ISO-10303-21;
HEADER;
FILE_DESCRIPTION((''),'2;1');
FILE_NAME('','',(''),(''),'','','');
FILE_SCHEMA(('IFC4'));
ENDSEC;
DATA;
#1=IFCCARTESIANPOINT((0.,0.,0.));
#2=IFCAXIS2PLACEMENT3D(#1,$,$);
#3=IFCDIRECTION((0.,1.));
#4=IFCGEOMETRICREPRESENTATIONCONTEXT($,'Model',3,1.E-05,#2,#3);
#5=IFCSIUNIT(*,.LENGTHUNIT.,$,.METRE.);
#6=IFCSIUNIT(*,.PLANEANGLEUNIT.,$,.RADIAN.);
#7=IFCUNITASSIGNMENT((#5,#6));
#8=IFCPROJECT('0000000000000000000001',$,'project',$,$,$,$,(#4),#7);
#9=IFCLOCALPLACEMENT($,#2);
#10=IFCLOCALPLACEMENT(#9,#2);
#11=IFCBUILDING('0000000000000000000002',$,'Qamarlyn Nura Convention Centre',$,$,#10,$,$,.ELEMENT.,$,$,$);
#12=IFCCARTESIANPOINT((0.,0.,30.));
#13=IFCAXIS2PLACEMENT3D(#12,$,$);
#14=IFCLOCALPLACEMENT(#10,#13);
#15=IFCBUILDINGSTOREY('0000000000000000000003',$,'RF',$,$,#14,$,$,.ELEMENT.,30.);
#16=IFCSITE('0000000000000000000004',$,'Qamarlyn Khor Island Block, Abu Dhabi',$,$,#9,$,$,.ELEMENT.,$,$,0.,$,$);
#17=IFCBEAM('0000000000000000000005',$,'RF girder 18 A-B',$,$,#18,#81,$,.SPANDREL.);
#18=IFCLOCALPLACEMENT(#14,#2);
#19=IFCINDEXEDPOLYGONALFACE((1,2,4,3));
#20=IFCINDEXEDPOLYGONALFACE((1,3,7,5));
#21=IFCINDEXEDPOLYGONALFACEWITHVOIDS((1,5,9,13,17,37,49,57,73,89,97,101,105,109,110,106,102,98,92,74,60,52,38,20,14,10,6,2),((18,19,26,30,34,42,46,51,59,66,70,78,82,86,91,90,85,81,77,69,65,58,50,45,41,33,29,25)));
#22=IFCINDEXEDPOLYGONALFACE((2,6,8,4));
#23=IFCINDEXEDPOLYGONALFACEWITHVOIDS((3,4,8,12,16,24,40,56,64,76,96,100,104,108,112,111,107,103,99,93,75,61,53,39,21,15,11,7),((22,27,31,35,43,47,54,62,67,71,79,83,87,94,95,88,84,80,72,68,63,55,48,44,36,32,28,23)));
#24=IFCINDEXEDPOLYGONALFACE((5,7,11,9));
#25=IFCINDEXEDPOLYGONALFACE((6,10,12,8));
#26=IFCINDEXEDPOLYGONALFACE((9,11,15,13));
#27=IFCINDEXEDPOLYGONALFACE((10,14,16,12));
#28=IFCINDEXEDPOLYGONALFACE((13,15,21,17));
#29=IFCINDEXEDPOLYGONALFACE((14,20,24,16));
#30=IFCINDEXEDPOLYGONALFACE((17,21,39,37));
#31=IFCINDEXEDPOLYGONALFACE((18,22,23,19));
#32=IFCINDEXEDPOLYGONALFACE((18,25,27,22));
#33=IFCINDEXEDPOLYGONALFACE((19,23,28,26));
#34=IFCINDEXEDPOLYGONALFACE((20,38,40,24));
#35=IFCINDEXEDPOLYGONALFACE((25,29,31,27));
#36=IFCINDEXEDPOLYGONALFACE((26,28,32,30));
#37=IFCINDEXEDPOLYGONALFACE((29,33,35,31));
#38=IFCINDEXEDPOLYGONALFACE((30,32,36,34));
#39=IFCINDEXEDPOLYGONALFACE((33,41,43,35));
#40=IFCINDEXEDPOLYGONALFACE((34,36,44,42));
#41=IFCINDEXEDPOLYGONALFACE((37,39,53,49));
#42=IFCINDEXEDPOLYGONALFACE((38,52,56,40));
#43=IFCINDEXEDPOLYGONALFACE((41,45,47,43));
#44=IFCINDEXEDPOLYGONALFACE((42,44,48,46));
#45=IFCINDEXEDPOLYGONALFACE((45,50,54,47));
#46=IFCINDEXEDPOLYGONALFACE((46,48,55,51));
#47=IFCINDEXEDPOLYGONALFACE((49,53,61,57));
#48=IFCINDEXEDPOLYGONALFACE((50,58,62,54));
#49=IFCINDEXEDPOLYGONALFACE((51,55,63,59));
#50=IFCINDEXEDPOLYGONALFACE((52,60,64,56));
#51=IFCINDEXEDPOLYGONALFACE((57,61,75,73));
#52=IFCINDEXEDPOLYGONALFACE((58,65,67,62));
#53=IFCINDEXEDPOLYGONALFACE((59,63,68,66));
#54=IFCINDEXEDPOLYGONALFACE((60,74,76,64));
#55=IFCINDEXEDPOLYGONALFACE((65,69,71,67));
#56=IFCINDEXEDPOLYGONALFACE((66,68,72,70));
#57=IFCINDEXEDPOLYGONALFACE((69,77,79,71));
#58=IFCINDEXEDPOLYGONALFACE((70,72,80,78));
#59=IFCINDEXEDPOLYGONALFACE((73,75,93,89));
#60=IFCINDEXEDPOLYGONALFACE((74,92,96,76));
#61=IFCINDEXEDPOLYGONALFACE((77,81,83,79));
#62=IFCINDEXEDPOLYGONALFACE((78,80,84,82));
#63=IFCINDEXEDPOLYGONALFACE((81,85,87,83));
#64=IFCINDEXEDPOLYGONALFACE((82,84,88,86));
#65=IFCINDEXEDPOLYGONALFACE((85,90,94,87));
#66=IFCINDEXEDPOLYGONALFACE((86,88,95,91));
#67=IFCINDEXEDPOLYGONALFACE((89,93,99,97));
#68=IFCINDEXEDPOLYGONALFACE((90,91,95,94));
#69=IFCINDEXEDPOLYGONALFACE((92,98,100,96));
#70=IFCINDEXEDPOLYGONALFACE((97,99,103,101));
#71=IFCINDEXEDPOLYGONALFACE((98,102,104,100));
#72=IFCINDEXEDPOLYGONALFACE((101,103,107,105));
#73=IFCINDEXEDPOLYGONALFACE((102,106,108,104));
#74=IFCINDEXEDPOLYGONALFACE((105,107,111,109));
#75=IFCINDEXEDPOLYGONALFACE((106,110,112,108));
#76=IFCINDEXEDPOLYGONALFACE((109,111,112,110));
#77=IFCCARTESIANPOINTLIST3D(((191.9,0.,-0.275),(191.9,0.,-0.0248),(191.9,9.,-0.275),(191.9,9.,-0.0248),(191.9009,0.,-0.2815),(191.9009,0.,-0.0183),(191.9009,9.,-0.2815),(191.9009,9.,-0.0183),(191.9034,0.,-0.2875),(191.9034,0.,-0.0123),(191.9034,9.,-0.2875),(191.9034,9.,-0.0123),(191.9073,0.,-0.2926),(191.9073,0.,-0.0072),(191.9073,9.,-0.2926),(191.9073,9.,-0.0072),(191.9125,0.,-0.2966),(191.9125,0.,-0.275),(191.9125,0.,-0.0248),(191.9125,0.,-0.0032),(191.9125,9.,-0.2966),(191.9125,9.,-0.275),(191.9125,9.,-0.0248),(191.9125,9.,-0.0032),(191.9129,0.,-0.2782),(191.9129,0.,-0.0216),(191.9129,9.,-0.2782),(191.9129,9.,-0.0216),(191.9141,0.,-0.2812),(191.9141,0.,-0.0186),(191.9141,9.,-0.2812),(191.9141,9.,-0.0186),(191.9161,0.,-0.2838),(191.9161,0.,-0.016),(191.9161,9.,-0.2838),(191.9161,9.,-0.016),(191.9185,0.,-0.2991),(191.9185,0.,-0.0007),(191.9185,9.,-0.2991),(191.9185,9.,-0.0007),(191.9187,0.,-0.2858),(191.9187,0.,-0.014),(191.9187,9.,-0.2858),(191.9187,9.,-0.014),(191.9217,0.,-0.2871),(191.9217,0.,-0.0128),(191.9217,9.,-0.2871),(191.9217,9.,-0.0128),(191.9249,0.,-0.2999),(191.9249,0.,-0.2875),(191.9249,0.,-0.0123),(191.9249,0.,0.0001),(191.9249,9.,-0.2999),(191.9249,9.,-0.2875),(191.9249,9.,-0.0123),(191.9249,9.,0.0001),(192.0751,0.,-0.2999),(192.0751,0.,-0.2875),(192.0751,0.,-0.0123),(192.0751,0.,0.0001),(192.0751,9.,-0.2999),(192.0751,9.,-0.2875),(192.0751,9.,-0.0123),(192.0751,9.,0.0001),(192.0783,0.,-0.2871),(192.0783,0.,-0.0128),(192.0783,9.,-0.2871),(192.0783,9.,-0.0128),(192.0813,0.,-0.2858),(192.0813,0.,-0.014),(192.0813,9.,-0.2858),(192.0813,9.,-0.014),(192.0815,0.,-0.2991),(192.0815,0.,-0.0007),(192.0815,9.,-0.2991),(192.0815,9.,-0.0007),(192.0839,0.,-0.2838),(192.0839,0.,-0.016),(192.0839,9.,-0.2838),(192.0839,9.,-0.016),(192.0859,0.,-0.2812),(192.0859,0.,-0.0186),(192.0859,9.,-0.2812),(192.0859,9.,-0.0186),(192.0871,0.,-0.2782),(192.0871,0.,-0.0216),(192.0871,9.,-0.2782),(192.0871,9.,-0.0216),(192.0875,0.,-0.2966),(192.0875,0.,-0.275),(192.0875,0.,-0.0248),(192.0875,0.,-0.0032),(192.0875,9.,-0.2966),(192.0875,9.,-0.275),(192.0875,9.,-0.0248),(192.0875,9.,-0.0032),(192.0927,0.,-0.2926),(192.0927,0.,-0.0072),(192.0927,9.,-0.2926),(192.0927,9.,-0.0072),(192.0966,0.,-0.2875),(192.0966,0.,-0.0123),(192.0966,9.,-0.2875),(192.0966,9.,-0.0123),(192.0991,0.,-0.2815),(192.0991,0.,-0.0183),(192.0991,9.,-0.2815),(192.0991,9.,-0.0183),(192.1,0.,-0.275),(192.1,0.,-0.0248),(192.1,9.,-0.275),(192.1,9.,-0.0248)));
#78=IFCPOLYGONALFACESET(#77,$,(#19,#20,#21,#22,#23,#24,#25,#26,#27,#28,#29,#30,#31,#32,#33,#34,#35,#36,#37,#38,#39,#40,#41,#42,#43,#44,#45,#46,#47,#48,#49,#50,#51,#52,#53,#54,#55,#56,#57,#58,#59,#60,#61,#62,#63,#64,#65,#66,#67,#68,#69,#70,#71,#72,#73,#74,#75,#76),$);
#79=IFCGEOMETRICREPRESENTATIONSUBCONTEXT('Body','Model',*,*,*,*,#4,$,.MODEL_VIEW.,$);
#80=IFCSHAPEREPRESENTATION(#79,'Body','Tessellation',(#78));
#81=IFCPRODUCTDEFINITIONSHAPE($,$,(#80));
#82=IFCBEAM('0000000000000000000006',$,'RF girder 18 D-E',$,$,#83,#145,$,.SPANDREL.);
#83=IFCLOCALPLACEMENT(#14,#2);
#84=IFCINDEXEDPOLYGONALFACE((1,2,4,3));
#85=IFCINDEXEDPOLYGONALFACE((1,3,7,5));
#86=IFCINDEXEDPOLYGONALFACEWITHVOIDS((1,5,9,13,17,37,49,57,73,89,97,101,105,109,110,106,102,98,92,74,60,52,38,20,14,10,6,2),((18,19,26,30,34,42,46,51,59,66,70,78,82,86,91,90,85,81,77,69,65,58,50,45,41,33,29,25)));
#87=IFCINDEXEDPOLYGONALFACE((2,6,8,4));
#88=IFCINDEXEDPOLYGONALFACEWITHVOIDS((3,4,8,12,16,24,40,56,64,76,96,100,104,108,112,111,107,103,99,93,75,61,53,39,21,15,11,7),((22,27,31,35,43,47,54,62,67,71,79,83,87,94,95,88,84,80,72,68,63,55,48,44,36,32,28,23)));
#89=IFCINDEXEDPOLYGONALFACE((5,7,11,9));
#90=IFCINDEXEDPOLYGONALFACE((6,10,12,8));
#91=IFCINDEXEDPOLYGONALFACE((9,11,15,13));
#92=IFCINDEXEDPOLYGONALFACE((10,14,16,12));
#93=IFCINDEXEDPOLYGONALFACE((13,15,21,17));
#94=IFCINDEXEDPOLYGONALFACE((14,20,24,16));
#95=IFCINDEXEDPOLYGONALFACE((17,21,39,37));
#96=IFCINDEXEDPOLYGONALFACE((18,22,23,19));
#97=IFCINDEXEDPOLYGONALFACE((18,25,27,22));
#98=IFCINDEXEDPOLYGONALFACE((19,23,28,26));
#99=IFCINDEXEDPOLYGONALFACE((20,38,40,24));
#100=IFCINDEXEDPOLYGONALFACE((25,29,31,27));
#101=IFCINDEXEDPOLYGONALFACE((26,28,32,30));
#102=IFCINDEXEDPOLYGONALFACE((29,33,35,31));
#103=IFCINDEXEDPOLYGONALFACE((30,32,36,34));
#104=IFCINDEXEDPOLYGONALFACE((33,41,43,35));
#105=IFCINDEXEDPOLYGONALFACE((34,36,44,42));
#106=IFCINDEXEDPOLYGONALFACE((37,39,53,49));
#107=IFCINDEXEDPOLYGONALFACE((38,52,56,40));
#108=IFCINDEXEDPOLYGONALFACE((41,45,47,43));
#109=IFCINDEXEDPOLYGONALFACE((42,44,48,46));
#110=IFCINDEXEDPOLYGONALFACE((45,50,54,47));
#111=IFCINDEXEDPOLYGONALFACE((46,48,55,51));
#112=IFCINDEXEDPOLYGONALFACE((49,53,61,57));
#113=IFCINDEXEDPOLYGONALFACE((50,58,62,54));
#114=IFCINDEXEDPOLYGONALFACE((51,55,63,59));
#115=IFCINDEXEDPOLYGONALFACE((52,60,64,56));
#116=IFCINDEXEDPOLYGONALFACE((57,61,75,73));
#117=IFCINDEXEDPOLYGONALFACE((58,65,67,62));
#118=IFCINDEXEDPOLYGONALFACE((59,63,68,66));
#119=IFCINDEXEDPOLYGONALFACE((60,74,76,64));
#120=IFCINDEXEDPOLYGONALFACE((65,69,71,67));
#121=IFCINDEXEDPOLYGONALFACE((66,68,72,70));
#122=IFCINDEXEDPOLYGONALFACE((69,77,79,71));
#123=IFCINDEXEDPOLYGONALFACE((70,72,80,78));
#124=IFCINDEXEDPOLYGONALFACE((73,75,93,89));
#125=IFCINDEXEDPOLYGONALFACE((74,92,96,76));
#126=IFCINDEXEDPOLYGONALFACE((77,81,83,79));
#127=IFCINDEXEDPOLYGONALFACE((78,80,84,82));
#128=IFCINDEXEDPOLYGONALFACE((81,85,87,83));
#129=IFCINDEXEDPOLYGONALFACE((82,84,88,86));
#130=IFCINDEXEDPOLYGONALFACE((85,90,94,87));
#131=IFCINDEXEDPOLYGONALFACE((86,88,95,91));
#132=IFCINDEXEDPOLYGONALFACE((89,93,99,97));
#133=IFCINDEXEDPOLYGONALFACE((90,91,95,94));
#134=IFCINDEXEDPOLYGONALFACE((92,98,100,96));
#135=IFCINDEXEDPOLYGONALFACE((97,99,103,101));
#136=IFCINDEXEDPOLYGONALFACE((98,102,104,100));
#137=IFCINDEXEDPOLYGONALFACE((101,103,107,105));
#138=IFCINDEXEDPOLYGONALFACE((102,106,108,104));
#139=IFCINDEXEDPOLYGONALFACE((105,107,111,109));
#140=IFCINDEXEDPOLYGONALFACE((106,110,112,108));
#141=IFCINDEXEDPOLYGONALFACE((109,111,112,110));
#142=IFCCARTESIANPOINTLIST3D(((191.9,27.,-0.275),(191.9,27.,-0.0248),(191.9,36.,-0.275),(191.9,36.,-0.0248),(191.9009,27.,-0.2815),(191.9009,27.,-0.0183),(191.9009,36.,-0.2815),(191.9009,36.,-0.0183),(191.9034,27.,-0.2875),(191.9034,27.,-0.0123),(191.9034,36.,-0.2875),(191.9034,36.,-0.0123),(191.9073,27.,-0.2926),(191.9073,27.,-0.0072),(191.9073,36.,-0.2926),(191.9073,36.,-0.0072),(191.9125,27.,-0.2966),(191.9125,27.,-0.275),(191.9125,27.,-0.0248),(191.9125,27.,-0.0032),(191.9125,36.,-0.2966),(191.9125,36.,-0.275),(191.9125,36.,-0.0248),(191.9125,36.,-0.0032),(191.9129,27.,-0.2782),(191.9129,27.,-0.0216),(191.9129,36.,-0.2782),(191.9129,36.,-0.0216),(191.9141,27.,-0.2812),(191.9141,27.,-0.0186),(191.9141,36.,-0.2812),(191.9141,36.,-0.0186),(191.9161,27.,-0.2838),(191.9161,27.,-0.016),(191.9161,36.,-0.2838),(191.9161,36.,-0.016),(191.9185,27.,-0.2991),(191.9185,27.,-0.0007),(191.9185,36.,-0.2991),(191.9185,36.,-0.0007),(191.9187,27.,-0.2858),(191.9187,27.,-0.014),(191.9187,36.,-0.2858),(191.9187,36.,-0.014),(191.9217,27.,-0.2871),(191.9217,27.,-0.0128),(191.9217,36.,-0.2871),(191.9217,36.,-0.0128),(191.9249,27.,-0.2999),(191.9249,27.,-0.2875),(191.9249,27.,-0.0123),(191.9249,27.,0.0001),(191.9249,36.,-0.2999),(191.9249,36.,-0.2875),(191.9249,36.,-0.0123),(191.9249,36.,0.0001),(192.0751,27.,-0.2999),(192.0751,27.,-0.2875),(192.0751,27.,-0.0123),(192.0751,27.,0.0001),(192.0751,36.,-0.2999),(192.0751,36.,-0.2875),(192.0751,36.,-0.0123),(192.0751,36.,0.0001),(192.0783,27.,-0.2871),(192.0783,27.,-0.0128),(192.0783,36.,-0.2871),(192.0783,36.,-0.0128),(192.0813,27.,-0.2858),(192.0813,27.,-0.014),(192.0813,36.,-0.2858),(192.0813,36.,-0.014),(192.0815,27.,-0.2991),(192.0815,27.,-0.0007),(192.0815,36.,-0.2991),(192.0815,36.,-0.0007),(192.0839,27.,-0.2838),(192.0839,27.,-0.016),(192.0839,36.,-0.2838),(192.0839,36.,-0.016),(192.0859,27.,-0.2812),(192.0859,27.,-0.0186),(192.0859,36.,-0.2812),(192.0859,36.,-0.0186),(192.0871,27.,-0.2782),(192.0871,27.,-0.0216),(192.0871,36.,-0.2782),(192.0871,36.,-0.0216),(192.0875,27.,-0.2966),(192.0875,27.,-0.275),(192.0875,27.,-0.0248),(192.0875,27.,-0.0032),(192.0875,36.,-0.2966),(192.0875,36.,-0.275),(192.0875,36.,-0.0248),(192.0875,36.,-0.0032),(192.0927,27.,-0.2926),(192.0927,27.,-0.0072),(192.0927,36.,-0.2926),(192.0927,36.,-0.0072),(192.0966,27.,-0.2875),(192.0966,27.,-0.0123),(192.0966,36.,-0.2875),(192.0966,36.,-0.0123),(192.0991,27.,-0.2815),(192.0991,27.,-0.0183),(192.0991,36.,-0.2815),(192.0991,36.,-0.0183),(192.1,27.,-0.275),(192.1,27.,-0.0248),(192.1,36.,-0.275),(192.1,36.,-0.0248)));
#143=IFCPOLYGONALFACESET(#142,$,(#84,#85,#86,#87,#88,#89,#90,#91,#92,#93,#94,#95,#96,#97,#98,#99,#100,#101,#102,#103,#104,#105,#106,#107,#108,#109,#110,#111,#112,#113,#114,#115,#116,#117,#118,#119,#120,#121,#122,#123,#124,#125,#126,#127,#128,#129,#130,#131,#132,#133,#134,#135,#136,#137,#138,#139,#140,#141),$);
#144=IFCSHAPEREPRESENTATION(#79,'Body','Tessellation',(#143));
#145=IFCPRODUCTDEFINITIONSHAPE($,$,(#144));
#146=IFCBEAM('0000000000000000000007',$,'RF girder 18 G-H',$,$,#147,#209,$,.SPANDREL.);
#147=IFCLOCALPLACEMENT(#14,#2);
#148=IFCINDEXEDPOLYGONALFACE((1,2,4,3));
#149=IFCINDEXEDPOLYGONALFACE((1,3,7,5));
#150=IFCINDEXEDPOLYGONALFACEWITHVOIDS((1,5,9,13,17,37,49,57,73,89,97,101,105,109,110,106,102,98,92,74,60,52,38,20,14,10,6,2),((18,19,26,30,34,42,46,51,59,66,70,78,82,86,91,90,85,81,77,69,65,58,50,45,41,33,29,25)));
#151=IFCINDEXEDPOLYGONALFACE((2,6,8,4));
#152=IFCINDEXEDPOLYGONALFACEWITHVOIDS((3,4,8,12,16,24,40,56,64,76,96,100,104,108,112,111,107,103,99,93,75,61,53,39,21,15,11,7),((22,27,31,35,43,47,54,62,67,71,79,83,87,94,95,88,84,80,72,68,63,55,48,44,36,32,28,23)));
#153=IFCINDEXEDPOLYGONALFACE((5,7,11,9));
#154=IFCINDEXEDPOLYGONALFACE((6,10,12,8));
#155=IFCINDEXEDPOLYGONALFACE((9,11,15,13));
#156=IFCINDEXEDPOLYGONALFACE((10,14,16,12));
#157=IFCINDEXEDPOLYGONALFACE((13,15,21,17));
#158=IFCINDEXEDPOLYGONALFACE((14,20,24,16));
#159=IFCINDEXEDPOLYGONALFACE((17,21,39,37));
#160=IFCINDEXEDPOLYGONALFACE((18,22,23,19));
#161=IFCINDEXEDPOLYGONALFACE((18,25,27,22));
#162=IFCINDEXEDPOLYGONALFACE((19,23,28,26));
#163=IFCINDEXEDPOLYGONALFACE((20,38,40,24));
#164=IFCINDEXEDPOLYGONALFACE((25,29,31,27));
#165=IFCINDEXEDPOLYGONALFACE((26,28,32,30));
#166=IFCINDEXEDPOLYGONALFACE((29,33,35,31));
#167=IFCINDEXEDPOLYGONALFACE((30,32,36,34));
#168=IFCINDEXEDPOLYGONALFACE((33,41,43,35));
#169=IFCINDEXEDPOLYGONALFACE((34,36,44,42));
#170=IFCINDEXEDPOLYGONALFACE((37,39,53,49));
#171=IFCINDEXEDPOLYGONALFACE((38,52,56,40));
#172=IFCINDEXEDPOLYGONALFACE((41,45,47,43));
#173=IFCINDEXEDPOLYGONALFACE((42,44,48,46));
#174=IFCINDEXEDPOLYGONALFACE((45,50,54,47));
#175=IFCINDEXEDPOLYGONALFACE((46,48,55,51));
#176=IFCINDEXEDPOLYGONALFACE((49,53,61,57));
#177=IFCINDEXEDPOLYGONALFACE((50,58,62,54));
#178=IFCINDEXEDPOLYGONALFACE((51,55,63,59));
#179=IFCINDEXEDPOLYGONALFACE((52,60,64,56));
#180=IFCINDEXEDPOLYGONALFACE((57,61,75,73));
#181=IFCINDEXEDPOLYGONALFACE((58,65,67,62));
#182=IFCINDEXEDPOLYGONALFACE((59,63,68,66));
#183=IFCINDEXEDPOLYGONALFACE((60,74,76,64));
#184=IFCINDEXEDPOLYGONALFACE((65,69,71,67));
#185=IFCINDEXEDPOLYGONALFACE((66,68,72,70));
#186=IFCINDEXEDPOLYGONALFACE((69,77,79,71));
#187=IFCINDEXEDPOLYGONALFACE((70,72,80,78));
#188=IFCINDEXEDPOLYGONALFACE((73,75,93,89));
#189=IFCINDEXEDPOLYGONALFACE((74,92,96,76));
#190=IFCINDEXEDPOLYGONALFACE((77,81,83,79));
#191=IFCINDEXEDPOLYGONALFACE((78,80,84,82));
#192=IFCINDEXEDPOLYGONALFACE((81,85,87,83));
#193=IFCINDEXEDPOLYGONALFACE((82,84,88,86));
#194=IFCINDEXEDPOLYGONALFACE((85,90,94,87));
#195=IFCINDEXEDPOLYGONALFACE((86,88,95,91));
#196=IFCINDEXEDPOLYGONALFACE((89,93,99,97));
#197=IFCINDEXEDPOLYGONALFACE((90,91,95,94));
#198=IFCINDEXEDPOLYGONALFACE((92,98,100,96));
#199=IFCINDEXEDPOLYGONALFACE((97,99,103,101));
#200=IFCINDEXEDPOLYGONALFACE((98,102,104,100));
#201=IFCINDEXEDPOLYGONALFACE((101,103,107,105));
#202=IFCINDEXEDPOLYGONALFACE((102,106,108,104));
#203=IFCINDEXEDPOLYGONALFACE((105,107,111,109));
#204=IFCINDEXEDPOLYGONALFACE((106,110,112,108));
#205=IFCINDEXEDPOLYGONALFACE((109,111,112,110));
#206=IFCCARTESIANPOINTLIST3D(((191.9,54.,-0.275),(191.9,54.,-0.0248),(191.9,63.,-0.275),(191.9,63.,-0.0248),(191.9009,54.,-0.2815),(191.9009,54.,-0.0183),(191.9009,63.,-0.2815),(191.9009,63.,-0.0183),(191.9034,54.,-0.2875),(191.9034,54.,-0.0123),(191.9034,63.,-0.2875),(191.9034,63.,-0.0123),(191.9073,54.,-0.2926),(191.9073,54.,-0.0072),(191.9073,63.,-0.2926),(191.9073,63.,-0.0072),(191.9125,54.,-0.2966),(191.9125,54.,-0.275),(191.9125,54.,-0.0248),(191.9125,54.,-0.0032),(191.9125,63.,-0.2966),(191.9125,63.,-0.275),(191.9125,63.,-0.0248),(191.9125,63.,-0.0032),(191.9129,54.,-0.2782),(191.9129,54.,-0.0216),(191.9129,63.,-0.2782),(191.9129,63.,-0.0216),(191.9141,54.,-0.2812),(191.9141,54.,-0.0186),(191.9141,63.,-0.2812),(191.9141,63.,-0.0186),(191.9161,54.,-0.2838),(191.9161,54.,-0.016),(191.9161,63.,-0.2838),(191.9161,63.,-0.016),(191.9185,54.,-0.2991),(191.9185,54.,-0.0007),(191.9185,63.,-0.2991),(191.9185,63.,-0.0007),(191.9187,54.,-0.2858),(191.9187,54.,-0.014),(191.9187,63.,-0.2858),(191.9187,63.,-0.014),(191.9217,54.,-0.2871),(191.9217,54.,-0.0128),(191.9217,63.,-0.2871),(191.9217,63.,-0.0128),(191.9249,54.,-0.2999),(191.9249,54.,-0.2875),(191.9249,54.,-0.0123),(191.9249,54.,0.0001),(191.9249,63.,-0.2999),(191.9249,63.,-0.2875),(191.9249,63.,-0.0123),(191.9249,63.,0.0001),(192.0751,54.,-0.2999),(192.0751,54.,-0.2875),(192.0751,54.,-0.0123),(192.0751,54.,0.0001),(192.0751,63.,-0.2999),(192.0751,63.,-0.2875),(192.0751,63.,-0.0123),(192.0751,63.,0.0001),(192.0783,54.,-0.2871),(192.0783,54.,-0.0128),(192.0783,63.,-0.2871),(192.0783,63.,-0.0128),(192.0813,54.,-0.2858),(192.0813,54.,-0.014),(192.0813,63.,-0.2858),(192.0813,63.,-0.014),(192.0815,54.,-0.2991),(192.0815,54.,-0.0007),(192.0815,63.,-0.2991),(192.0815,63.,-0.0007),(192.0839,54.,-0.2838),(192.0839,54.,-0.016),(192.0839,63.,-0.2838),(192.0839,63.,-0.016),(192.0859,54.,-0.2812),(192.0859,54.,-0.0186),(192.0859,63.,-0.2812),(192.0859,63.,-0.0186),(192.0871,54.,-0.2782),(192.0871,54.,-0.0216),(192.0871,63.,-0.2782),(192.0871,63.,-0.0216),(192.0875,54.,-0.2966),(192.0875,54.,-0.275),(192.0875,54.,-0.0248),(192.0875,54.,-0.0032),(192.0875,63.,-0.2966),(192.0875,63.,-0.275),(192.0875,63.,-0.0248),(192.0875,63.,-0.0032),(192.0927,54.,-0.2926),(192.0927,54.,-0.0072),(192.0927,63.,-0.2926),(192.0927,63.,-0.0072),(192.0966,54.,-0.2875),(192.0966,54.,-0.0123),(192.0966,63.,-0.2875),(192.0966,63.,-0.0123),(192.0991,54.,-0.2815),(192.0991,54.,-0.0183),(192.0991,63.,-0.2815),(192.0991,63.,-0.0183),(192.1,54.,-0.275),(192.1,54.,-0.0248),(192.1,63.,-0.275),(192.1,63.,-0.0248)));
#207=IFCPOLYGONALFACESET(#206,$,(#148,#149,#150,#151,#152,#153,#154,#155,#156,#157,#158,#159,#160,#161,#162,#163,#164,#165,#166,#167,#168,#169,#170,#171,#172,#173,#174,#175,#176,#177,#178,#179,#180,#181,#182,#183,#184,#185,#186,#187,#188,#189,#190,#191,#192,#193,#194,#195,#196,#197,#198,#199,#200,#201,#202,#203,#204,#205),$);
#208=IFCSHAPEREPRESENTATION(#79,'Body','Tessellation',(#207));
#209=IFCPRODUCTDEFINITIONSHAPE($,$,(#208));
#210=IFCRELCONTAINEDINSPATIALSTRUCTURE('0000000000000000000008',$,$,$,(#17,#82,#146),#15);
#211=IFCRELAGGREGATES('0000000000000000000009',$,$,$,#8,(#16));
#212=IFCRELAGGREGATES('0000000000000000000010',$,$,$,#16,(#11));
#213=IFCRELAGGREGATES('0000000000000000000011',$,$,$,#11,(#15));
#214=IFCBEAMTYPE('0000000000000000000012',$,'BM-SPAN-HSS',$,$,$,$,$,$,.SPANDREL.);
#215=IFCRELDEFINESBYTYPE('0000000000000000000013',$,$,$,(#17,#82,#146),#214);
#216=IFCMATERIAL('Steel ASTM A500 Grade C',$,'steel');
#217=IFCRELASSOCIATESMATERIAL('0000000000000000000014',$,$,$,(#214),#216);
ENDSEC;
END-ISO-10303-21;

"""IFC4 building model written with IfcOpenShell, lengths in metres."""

from ifc_helpers import new_model, si_unit, direction, frame, origin, origin_2d, place, context, subcontext, project, spatial, hollow_rectangle, extrude, material, material_profile, profile_set, type_object, element, save


model = new_model("IFC4")

# Units and contexts
model_context = context("Model", 3, precision=1e-05, world=origin(), true_north=direction((0.0, 1.0)))
body_context = subcontext(model_context, "Body", "Model", "MODEL_VIEW")
ifc_project = project(units=[si_unit("LENGTHUNIT", "METRE"), si_unit("PLANEANGLEUNIT", "RADIAN")], contexts=[model_context])

# Site, building, storey
site_placement = place(None, origin())
site = spatial("IfcSite", under=ifc_project, at=site_placement, Name="Qamarlyn Khor Island Block, Abu Dhabi", CompositionType="ELEMENT", RefElevation=0.0)
building_placement = place(site_placement, origin())
building = spatial("IfcBuilding", under=site, at=building_placement, Name="Qamarlyn Nura Convention Centre", CompositionType="ELEMENT")
storey_placement = place(building_placement, frame((0.0, 0.0, 30.0)))
storey = spatial("IfcBuildingStorey", under=building, at=storey_placement, Name="RF", CompositionType="ELEMENT", Elevation=30.0)

# Beams
ifc_material_1 = material(Name="Steel ASTM A500 Grade C", Category="steel")
ifc_material_profile_1 = material_profile(ifc_material_1, hollow_rectangle(XDim=0.2, YDim=0.3, WallThickness=0.0125, InnerFilletRadius=0.0125, OuterFilletRadius=0.0249, at=origin_2d()), Name="HSS300X200X12.5")
ifc_profile_set_1 = profile_set([ifc_material_profile_1], Name="Steel ASTM A500 Grade C")
beam_type_1 = type_object("IfcBeamType", Name="BM-SPAN-HSS", PredefinedType="SPANDREL", material=ifc_profile_set_1)
for number, where, z_axis, x_axis, name in (
    (1, (192.0, 0.0, -0.1499), (0.0, 1.0, 0.0), (-1.0, 0.0, 0.0), "RF girder 18 A-B"),
    (2, (192.0, 27.0, -0.1499), (0.0, 1.0, 0.0), (-1.0, 0.0, 0.0), "RF girder 18 D-E"),
    (3, (192.0, 54.0, -0.1499), (0.0, 1.0, 0.0), (-1.0, 0.0, 0.0), "RF girder 18 G-H"),
):
    element("IfcBeam", number, at=place(storey_placement, frame(where, z_axis=z_axis, x_axis=x_axis)), inside=storey, type_object=beam_type_1, Name=name, PredefinedType="SPANDREL", context=body_context, shape_type="SweptSolid", body=[
        extrude(hollow_rectangle(XDim=0.2, YDim=0.3, WallThickness=0.0125, InnerFilletRadius=0.0125, OuterFilletRadius=0.0249, at=origin_2d()), origin(), (0.0, 0.0, 1.0), 9.0),
    ])

save(model, "model.ifc")
